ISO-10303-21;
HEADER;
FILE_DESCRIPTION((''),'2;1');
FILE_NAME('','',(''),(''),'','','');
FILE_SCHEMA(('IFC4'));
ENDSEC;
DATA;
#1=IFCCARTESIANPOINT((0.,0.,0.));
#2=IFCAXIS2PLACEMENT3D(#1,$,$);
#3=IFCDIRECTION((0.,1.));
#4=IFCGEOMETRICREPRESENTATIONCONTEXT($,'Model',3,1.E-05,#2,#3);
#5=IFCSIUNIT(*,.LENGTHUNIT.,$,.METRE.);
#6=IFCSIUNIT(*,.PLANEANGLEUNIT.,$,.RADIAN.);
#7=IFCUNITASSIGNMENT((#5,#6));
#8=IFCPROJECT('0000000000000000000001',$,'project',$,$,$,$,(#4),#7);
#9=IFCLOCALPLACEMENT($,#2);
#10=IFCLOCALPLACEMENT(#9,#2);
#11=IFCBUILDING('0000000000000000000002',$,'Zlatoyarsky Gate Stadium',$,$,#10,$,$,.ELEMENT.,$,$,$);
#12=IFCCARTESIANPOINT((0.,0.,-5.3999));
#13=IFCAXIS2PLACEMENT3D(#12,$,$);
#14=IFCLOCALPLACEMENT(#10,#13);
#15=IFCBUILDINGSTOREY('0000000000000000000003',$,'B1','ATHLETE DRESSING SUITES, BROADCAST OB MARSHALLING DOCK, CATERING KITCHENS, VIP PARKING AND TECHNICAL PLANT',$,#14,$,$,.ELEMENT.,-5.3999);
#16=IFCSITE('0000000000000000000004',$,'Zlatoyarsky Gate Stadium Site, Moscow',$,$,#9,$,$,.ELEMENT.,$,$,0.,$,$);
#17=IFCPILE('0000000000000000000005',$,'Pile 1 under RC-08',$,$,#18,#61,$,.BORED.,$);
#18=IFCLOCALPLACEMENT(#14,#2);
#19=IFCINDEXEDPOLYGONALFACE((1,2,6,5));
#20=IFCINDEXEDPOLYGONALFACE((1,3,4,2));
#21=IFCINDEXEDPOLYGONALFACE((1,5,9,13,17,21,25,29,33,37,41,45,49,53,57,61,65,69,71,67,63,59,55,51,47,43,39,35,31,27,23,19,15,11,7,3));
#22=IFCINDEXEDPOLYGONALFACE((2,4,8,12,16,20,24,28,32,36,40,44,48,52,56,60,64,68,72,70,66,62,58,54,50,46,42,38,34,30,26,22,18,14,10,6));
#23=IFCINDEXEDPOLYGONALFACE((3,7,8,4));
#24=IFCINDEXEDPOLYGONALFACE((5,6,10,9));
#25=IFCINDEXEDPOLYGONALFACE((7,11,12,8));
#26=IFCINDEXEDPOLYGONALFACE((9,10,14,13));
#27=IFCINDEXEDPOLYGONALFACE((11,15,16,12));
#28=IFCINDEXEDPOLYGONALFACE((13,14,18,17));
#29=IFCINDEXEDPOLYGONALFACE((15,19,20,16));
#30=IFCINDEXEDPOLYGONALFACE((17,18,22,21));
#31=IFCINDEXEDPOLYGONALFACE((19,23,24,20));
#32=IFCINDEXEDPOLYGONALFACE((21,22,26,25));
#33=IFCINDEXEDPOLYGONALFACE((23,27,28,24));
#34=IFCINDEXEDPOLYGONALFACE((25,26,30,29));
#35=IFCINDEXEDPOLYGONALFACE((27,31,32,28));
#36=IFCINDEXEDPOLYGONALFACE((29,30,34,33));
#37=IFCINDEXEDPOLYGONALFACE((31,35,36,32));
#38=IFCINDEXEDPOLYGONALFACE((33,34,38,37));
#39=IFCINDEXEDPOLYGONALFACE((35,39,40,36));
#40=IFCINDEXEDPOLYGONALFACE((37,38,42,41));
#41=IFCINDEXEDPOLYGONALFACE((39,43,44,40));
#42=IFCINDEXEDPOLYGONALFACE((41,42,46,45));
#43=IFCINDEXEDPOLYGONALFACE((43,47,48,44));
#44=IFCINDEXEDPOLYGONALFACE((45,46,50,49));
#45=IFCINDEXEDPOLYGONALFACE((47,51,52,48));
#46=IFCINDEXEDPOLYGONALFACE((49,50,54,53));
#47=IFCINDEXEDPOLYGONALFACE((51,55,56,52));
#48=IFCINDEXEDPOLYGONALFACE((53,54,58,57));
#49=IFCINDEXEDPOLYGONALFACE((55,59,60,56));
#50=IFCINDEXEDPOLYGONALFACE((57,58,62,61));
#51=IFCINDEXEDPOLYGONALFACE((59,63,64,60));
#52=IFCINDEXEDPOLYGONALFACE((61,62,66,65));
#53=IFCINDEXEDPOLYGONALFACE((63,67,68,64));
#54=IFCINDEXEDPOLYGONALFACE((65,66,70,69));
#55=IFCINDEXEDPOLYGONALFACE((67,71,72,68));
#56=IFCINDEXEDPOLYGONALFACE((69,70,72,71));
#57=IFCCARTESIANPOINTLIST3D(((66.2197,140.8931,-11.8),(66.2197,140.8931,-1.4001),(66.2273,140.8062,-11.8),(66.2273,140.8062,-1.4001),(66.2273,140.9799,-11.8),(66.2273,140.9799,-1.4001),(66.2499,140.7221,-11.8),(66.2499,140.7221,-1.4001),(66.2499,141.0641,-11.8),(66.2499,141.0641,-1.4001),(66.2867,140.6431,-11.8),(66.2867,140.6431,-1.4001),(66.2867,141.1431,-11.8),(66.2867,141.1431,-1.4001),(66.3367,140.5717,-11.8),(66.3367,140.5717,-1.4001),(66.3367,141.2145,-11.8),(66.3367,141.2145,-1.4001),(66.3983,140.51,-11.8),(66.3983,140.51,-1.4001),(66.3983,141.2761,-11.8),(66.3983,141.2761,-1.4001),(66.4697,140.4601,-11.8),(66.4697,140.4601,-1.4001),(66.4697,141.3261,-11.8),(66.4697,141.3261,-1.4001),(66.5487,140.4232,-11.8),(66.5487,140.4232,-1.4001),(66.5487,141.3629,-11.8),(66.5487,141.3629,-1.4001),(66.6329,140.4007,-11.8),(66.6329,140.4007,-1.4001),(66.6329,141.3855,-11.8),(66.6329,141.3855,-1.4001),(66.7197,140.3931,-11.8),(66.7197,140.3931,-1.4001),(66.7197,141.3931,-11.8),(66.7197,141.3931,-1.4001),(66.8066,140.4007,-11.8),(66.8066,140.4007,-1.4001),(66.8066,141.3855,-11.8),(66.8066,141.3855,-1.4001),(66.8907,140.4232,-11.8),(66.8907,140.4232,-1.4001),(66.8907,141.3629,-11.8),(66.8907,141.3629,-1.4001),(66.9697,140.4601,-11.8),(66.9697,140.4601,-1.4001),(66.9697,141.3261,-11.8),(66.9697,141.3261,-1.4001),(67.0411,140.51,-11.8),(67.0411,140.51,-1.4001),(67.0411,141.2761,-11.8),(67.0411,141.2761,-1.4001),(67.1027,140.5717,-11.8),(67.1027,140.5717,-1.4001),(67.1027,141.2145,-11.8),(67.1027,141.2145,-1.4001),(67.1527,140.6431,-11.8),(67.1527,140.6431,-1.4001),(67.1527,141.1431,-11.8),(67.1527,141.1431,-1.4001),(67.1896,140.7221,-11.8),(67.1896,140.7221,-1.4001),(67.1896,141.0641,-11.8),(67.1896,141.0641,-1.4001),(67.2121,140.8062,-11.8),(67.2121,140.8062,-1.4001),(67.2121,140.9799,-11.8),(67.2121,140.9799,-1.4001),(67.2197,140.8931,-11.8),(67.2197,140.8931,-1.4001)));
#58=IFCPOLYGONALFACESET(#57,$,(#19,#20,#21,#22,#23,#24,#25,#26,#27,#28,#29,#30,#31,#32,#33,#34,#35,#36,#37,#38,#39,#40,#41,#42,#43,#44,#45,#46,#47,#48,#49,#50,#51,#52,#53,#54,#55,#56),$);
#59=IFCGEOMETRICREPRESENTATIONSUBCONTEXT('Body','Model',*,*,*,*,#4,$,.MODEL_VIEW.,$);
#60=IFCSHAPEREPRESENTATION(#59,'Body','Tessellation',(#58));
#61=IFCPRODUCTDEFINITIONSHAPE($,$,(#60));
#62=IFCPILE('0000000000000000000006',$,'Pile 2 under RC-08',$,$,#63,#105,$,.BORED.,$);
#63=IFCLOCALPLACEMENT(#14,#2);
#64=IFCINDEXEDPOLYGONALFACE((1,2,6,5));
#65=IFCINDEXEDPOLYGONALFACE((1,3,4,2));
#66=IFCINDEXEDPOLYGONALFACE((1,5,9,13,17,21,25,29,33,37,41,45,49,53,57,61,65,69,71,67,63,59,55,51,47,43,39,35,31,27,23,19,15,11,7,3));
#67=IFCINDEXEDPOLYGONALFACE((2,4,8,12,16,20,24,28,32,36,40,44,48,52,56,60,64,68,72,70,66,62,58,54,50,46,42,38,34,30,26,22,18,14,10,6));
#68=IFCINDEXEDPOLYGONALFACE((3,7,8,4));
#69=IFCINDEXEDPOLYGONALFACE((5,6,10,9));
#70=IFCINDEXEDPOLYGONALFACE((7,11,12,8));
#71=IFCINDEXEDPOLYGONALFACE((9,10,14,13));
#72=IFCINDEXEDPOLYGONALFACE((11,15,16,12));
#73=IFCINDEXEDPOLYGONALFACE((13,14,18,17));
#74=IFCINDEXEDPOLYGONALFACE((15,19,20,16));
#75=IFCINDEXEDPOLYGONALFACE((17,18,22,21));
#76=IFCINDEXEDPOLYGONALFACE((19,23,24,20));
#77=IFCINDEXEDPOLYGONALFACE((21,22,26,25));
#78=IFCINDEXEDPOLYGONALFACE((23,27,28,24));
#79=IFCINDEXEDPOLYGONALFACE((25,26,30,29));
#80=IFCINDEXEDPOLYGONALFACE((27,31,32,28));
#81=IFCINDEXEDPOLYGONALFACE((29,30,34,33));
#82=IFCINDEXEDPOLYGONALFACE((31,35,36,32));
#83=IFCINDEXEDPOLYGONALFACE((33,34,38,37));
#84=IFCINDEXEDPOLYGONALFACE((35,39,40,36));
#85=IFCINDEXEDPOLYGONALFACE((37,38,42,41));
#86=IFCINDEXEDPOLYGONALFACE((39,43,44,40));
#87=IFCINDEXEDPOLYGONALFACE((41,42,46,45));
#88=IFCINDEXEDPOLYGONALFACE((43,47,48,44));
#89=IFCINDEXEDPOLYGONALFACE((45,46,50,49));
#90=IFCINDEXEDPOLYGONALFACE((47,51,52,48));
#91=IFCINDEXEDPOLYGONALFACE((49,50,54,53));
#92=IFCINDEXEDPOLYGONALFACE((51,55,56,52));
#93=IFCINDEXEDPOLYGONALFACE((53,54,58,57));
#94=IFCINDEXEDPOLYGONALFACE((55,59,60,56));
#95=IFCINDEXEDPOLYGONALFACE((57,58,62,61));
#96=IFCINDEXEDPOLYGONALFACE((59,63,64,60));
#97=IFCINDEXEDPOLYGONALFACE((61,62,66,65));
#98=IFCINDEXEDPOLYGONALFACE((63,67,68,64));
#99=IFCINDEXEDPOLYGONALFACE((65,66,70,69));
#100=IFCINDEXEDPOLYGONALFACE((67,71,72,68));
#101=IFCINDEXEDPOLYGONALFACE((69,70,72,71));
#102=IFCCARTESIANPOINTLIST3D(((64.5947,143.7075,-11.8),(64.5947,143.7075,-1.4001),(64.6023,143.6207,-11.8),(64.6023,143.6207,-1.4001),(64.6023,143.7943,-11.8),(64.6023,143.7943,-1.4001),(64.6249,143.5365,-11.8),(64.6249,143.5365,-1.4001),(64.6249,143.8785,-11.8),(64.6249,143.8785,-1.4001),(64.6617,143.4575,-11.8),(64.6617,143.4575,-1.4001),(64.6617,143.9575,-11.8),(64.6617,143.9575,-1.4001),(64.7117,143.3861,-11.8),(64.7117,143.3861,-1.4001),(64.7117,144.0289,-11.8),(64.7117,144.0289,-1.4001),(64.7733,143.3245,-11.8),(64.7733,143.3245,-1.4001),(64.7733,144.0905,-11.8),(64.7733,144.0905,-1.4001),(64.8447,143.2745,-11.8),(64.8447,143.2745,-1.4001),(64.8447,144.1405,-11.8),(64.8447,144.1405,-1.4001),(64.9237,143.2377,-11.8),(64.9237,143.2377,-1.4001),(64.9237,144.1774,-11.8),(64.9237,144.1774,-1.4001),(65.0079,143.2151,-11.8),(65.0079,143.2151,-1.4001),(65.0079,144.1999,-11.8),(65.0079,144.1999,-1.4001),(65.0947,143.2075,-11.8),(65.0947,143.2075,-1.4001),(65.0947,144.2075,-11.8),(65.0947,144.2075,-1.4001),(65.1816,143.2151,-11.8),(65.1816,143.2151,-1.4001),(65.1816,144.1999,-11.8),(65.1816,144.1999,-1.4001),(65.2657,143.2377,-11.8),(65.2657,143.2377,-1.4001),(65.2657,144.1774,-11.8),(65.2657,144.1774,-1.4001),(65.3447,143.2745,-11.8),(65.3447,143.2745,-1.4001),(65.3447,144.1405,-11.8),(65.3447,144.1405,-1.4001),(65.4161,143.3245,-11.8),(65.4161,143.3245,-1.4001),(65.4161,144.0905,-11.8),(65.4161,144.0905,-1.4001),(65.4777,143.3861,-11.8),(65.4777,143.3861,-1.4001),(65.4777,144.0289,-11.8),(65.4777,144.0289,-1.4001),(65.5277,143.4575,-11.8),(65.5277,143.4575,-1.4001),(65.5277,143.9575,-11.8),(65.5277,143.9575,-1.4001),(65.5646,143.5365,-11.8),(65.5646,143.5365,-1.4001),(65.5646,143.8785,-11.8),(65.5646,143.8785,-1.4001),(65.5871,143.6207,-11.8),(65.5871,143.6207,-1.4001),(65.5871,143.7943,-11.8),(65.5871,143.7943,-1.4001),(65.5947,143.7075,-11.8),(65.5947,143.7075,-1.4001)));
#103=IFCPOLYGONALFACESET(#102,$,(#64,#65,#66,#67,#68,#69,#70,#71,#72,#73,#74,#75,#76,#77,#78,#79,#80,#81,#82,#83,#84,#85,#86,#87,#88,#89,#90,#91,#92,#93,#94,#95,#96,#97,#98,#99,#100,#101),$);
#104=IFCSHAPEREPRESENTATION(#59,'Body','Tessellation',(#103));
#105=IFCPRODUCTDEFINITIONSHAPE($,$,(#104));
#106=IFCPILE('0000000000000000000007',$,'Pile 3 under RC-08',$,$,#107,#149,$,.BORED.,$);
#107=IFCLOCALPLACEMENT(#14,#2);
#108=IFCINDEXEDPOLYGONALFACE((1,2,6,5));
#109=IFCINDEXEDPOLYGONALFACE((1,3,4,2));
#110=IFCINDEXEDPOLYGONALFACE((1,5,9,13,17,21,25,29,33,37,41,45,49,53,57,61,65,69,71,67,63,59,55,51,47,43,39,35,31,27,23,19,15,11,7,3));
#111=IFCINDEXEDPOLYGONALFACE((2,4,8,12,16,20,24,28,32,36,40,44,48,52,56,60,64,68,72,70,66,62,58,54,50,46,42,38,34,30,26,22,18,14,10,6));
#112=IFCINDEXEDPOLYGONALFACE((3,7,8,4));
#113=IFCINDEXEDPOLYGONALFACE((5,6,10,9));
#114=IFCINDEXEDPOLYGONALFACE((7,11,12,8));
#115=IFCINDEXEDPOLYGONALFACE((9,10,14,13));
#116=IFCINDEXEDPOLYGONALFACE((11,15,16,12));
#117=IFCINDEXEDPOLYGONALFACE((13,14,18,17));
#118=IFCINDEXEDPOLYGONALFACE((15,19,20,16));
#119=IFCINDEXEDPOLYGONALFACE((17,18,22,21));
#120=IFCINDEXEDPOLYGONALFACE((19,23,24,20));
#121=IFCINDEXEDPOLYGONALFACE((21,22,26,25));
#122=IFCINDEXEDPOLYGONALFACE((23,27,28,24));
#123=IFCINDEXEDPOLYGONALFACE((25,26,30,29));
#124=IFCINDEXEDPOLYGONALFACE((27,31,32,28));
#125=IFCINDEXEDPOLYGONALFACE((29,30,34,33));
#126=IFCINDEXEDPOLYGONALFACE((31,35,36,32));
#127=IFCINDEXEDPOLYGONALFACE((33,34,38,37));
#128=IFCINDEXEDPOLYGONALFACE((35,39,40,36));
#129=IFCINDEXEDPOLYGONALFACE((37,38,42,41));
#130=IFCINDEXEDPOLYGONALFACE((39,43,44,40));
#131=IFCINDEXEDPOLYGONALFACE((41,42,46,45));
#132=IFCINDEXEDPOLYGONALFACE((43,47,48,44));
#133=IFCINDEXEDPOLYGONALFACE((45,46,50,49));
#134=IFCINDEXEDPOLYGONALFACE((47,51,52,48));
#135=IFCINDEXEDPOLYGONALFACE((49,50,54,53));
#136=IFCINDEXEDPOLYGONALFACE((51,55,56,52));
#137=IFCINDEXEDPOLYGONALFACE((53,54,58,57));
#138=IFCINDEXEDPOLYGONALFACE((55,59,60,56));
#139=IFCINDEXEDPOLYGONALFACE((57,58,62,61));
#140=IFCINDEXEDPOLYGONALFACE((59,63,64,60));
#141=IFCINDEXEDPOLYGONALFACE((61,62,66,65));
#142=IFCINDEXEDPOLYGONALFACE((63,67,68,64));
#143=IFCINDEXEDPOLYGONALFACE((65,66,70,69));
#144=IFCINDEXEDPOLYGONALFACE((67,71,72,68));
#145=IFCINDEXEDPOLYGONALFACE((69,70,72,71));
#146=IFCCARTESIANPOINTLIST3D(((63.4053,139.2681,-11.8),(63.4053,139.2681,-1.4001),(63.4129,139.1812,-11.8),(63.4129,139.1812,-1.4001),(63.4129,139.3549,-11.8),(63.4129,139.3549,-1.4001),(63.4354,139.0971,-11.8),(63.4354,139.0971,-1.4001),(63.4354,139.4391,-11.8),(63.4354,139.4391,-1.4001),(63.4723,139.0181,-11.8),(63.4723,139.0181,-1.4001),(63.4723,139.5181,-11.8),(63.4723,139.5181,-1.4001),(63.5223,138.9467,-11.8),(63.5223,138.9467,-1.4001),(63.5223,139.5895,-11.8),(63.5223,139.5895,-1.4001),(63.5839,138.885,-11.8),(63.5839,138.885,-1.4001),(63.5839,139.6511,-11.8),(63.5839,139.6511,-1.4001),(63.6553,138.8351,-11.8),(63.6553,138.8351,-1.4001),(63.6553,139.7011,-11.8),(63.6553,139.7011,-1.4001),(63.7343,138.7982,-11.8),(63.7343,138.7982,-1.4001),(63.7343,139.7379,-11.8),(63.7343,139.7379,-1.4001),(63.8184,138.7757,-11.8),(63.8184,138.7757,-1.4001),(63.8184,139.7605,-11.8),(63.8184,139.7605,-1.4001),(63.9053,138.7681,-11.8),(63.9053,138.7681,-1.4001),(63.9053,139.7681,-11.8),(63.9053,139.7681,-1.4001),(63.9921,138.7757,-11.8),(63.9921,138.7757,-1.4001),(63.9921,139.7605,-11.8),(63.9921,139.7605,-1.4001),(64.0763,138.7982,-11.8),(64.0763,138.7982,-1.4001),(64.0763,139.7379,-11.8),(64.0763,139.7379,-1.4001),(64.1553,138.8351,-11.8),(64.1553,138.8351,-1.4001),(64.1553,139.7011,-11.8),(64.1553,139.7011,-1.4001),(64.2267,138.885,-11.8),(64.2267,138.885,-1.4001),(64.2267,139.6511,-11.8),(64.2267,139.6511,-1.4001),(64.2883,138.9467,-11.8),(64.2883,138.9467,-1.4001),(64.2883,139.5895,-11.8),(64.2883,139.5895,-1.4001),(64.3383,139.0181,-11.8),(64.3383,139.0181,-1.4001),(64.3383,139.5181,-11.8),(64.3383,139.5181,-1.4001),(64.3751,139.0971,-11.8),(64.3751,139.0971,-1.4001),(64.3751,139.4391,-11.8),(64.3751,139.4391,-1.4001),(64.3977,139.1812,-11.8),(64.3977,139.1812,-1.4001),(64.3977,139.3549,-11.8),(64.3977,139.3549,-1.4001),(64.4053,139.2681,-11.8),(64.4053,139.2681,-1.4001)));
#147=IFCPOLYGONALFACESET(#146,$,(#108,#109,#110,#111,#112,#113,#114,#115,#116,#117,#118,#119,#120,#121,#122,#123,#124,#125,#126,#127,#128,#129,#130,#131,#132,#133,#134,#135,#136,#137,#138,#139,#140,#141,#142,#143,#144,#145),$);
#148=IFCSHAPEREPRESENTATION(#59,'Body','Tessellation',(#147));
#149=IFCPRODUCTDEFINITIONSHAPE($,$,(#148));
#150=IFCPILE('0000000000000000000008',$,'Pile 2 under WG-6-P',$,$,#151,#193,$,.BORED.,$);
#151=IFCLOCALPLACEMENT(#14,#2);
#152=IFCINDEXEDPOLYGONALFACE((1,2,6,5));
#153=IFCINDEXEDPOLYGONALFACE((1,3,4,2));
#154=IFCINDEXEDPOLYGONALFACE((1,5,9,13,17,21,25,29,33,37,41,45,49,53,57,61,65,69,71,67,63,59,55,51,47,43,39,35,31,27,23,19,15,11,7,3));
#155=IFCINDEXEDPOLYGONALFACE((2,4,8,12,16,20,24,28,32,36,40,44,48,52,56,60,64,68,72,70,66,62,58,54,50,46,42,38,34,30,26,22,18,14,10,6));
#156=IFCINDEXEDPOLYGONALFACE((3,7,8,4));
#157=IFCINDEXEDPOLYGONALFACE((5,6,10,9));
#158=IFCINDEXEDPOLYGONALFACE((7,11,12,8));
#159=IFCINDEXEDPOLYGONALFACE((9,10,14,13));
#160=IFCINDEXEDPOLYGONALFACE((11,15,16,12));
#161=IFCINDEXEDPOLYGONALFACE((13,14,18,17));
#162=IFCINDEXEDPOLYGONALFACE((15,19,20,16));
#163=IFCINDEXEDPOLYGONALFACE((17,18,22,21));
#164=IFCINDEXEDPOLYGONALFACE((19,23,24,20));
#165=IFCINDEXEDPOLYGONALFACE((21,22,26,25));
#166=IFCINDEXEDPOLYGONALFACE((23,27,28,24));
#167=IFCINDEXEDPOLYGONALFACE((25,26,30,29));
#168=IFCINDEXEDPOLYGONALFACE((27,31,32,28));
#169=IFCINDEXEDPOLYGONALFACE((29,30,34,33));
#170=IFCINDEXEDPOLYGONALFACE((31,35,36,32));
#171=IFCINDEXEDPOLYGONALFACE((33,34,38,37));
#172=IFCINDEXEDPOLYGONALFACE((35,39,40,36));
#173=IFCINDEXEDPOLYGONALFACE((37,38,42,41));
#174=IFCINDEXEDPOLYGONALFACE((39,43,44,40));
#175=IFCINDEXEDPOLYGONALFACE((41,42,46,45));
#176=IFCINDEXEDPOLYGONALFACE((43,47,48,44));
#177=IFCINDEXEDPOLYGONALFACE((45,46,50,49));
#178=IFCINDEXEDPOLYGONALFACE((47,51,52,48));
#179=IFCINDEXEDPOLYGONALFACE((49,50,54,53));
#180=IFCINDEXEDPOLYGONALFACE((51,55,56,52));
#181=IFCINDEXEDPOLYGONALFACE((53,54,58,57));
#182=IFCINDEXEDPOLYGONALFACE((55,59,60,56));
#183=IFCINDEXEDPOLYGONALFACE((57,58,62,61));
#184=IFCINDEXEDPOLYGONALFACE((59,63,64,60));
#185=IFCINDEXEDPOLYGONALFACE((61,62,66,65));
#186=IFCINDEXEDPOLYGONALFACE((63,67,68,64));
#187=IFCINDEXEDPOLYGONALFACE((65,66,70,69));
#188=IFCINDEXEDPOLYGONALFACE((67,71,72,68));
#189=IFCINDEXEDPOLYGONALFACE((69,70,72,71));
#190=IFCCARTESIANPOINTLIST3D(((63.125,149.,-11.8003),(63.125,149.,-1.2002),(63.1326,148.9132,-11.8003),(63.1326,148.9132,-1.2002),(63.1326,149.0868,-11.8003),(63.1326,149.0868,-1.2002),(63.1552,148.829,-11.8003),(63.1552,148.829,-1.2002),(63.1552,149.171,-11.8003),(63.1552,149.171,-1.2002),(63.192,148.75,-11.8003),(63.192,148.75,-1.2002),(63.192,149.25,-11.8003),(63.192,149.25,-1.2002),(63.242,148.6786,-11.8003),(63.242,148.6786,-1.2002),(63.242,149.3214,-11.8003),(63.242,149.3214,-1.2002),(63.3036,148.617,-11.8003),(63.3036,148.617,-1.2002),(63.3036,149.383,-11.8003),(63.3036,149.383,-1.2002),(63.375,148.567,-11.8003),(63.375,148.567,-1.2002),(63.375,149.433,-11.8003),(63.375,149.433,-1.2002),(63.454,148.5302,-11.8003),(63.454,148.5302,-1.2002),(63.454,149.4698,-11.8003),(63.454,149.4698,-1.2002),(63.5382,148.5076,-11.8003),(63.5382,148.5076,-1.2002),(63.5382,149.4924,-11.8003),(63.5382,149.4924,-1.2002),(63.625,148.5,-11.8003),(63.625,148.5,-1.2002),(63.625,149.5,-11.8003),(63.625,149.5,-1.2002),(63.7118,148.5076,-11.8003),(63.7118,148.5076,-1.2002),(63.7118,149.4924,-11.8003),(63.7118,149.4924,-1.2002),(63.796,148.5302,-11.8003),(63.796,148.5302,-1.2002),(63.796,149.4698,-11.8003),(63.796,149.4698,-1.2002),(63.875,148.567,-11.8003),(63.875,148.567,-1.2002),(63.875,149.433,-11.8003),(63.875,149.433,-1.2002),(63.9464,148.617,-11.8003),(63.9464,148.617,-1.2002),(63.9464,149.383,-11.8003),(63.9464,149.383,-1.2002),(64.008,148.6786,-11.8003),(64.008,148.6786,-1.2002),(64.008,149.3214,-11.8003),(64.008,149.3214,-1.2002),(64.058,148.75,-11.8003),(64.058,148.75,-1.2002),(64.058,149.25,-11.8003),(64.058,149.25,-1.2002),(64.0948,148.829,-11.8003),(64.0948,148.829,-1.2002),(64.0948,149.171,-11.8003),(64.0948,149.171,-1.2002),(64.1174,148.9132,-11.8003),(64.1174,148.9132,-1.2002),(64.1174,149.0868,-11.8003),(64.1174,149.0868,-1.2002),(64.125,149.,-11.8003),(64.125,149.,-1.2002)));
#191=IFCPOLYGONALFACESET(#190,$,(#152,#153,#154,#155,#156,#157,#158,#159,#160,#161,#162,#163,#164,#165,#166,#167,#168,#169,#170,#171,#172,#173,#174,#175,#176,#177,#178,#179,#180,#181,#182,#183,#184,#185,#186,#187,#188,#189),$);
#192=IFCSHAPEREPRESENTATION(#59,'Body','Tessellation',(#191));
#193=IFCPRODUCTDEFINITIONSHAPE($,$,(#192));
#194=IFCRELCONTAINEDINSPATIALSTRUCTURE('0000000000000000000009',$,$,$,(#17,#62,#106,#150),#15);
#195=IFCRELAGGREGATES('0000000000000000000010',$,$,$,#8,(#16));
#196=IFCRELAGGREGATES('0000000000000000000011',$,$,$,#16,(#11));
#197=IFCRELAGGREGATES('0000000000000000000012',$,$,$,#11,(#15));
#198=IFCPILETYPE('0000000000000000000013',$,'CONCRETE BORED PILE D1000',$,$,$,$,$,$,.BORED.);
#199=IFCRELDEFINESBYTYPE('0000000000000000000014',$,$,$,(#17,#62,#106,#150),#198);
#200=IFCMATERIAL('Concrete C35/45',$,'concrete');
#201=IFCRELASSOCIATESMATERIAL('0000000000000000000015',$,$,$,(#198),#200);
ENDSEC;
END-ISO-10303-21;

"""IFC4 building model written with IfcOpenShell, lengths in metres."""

from ifc_helpers import new_model, si_unit, direction, frame, origin, origin_2d, place, context, subcontext, project, spatial, circle, extrude, material, material_profile, profile_set, type_object, element, save


model = new_model("IFC4")

# Units and contexts
model_context = context("Model", 3, precision=1e-05, world=origin(), true_north=direction((0.0, 1.0)))
body_context = subcontext(model_context, "Body", "Model", "MODEL_VIEW")
ifc_project = project(units=[si_unit("LENGTHUNIT", "METRE"), si_unit("PLANEANGLEUNIT", "RADIAN")], contexts=[model_context])

# Site, building, storey
site_placement = place(None, origin())
site = spatial("IfcSite", under=ifc_project, at=site_placement, Name="Zlatoyarsky Gate Stadium Site, Moscow", CompositionType="ELEMENT", RefElevation=0.0)
building_placement = place(site_placement, origin())
building = spatial("IfcBuilding", under=site, at=building_placement, Name="Zlatoyarsky Gate Stadium", CompositionType="ELEMENT")
storey_placement = place(building_placement, frame((0.0, 0.0, -5.3999)))
storey = spatial("IfcBuildingStorey", under=building, at=storey_placement, Name="B1", Description="ATHLETE DRESSING SUITES, BROADCAST OB MARSHALLING DOCK, CATERING KITCHENS, VIP PARKING AND TECHNICAL PLANT", CompositionType="ELEMENT", Elevation=-5.3999)

# Piles
ifc_material_1 = material(Name="Concrete C35/45", Category="concrete")
ifc_material_profile_1 = material_profile(ifc_material_1, circle(Radius=0.5, at=origin_2d()), Name="BORED PILE D1000")
ifc_profile_set_1 = profile_set([ifc_material_profile_1], Name="Concrete C35/45")
pile_type_1 = type_object("IfcPileType", Name="CONCRETE BORED PILE D1000", PredefinedType="BORED", material=ifc_profile_set_1)
for number, where, z_axis, x_axis, name in (
    (1, (66.7197, 140.8931, -1.4001), (0.0, 0.0, -1.0), (1.0, 0.0, 0.0), "Pile 1 under RC-08"),
    (2, (65.0947, 143.7075, -1.4001), (0.0, 0.0, -1.0), (1.0, 0.0, 0.0), "Pile 2 under RC-08"),
    (3, (63.9053, 139.2681, -1.4001), (0.0, 0.0, -1.0), (1.0, 0.0, 0.0), "Pile 3 under RC-08"),
):
    element("IfcPile", number, at=place(storey_placement, frame(where, z_axis=z_axis, x_axis=x_axis)), inside=storey, type_object=pile_type_1, Name=name, PredefinedType="BORED", context=body_context, shape_type="SweptSolid", body=[
        extrude(circle(Radius=0.5, at=origin_2d()), origin(), (0.0, 0.0, 1.0), 10.3999),
    ])
for number, where, z_axis, x_axis, name in (
    (4, (63.625, 149.0, -1.2002), (0.0, 0.0, -1.0), (1.0, 0.0, 0.0), "Pile 2 under WG-6-P"),
):
    element("IfcPile", number, at=place(storey_placement, frame(where, z_axis=z_axis, x_axis=x_axis)), inside=storey, type_object=pile_type_1, Name=name, PredefinedType="BORED", context=body_context, shape_type="SweptSolid", body=[
        extrude(circle(Radius=0.5, at=origin_2d()), origin(), (0.0, 0.0, 1.0), 10.6001),
    ])

save(model, "model.ifc")
